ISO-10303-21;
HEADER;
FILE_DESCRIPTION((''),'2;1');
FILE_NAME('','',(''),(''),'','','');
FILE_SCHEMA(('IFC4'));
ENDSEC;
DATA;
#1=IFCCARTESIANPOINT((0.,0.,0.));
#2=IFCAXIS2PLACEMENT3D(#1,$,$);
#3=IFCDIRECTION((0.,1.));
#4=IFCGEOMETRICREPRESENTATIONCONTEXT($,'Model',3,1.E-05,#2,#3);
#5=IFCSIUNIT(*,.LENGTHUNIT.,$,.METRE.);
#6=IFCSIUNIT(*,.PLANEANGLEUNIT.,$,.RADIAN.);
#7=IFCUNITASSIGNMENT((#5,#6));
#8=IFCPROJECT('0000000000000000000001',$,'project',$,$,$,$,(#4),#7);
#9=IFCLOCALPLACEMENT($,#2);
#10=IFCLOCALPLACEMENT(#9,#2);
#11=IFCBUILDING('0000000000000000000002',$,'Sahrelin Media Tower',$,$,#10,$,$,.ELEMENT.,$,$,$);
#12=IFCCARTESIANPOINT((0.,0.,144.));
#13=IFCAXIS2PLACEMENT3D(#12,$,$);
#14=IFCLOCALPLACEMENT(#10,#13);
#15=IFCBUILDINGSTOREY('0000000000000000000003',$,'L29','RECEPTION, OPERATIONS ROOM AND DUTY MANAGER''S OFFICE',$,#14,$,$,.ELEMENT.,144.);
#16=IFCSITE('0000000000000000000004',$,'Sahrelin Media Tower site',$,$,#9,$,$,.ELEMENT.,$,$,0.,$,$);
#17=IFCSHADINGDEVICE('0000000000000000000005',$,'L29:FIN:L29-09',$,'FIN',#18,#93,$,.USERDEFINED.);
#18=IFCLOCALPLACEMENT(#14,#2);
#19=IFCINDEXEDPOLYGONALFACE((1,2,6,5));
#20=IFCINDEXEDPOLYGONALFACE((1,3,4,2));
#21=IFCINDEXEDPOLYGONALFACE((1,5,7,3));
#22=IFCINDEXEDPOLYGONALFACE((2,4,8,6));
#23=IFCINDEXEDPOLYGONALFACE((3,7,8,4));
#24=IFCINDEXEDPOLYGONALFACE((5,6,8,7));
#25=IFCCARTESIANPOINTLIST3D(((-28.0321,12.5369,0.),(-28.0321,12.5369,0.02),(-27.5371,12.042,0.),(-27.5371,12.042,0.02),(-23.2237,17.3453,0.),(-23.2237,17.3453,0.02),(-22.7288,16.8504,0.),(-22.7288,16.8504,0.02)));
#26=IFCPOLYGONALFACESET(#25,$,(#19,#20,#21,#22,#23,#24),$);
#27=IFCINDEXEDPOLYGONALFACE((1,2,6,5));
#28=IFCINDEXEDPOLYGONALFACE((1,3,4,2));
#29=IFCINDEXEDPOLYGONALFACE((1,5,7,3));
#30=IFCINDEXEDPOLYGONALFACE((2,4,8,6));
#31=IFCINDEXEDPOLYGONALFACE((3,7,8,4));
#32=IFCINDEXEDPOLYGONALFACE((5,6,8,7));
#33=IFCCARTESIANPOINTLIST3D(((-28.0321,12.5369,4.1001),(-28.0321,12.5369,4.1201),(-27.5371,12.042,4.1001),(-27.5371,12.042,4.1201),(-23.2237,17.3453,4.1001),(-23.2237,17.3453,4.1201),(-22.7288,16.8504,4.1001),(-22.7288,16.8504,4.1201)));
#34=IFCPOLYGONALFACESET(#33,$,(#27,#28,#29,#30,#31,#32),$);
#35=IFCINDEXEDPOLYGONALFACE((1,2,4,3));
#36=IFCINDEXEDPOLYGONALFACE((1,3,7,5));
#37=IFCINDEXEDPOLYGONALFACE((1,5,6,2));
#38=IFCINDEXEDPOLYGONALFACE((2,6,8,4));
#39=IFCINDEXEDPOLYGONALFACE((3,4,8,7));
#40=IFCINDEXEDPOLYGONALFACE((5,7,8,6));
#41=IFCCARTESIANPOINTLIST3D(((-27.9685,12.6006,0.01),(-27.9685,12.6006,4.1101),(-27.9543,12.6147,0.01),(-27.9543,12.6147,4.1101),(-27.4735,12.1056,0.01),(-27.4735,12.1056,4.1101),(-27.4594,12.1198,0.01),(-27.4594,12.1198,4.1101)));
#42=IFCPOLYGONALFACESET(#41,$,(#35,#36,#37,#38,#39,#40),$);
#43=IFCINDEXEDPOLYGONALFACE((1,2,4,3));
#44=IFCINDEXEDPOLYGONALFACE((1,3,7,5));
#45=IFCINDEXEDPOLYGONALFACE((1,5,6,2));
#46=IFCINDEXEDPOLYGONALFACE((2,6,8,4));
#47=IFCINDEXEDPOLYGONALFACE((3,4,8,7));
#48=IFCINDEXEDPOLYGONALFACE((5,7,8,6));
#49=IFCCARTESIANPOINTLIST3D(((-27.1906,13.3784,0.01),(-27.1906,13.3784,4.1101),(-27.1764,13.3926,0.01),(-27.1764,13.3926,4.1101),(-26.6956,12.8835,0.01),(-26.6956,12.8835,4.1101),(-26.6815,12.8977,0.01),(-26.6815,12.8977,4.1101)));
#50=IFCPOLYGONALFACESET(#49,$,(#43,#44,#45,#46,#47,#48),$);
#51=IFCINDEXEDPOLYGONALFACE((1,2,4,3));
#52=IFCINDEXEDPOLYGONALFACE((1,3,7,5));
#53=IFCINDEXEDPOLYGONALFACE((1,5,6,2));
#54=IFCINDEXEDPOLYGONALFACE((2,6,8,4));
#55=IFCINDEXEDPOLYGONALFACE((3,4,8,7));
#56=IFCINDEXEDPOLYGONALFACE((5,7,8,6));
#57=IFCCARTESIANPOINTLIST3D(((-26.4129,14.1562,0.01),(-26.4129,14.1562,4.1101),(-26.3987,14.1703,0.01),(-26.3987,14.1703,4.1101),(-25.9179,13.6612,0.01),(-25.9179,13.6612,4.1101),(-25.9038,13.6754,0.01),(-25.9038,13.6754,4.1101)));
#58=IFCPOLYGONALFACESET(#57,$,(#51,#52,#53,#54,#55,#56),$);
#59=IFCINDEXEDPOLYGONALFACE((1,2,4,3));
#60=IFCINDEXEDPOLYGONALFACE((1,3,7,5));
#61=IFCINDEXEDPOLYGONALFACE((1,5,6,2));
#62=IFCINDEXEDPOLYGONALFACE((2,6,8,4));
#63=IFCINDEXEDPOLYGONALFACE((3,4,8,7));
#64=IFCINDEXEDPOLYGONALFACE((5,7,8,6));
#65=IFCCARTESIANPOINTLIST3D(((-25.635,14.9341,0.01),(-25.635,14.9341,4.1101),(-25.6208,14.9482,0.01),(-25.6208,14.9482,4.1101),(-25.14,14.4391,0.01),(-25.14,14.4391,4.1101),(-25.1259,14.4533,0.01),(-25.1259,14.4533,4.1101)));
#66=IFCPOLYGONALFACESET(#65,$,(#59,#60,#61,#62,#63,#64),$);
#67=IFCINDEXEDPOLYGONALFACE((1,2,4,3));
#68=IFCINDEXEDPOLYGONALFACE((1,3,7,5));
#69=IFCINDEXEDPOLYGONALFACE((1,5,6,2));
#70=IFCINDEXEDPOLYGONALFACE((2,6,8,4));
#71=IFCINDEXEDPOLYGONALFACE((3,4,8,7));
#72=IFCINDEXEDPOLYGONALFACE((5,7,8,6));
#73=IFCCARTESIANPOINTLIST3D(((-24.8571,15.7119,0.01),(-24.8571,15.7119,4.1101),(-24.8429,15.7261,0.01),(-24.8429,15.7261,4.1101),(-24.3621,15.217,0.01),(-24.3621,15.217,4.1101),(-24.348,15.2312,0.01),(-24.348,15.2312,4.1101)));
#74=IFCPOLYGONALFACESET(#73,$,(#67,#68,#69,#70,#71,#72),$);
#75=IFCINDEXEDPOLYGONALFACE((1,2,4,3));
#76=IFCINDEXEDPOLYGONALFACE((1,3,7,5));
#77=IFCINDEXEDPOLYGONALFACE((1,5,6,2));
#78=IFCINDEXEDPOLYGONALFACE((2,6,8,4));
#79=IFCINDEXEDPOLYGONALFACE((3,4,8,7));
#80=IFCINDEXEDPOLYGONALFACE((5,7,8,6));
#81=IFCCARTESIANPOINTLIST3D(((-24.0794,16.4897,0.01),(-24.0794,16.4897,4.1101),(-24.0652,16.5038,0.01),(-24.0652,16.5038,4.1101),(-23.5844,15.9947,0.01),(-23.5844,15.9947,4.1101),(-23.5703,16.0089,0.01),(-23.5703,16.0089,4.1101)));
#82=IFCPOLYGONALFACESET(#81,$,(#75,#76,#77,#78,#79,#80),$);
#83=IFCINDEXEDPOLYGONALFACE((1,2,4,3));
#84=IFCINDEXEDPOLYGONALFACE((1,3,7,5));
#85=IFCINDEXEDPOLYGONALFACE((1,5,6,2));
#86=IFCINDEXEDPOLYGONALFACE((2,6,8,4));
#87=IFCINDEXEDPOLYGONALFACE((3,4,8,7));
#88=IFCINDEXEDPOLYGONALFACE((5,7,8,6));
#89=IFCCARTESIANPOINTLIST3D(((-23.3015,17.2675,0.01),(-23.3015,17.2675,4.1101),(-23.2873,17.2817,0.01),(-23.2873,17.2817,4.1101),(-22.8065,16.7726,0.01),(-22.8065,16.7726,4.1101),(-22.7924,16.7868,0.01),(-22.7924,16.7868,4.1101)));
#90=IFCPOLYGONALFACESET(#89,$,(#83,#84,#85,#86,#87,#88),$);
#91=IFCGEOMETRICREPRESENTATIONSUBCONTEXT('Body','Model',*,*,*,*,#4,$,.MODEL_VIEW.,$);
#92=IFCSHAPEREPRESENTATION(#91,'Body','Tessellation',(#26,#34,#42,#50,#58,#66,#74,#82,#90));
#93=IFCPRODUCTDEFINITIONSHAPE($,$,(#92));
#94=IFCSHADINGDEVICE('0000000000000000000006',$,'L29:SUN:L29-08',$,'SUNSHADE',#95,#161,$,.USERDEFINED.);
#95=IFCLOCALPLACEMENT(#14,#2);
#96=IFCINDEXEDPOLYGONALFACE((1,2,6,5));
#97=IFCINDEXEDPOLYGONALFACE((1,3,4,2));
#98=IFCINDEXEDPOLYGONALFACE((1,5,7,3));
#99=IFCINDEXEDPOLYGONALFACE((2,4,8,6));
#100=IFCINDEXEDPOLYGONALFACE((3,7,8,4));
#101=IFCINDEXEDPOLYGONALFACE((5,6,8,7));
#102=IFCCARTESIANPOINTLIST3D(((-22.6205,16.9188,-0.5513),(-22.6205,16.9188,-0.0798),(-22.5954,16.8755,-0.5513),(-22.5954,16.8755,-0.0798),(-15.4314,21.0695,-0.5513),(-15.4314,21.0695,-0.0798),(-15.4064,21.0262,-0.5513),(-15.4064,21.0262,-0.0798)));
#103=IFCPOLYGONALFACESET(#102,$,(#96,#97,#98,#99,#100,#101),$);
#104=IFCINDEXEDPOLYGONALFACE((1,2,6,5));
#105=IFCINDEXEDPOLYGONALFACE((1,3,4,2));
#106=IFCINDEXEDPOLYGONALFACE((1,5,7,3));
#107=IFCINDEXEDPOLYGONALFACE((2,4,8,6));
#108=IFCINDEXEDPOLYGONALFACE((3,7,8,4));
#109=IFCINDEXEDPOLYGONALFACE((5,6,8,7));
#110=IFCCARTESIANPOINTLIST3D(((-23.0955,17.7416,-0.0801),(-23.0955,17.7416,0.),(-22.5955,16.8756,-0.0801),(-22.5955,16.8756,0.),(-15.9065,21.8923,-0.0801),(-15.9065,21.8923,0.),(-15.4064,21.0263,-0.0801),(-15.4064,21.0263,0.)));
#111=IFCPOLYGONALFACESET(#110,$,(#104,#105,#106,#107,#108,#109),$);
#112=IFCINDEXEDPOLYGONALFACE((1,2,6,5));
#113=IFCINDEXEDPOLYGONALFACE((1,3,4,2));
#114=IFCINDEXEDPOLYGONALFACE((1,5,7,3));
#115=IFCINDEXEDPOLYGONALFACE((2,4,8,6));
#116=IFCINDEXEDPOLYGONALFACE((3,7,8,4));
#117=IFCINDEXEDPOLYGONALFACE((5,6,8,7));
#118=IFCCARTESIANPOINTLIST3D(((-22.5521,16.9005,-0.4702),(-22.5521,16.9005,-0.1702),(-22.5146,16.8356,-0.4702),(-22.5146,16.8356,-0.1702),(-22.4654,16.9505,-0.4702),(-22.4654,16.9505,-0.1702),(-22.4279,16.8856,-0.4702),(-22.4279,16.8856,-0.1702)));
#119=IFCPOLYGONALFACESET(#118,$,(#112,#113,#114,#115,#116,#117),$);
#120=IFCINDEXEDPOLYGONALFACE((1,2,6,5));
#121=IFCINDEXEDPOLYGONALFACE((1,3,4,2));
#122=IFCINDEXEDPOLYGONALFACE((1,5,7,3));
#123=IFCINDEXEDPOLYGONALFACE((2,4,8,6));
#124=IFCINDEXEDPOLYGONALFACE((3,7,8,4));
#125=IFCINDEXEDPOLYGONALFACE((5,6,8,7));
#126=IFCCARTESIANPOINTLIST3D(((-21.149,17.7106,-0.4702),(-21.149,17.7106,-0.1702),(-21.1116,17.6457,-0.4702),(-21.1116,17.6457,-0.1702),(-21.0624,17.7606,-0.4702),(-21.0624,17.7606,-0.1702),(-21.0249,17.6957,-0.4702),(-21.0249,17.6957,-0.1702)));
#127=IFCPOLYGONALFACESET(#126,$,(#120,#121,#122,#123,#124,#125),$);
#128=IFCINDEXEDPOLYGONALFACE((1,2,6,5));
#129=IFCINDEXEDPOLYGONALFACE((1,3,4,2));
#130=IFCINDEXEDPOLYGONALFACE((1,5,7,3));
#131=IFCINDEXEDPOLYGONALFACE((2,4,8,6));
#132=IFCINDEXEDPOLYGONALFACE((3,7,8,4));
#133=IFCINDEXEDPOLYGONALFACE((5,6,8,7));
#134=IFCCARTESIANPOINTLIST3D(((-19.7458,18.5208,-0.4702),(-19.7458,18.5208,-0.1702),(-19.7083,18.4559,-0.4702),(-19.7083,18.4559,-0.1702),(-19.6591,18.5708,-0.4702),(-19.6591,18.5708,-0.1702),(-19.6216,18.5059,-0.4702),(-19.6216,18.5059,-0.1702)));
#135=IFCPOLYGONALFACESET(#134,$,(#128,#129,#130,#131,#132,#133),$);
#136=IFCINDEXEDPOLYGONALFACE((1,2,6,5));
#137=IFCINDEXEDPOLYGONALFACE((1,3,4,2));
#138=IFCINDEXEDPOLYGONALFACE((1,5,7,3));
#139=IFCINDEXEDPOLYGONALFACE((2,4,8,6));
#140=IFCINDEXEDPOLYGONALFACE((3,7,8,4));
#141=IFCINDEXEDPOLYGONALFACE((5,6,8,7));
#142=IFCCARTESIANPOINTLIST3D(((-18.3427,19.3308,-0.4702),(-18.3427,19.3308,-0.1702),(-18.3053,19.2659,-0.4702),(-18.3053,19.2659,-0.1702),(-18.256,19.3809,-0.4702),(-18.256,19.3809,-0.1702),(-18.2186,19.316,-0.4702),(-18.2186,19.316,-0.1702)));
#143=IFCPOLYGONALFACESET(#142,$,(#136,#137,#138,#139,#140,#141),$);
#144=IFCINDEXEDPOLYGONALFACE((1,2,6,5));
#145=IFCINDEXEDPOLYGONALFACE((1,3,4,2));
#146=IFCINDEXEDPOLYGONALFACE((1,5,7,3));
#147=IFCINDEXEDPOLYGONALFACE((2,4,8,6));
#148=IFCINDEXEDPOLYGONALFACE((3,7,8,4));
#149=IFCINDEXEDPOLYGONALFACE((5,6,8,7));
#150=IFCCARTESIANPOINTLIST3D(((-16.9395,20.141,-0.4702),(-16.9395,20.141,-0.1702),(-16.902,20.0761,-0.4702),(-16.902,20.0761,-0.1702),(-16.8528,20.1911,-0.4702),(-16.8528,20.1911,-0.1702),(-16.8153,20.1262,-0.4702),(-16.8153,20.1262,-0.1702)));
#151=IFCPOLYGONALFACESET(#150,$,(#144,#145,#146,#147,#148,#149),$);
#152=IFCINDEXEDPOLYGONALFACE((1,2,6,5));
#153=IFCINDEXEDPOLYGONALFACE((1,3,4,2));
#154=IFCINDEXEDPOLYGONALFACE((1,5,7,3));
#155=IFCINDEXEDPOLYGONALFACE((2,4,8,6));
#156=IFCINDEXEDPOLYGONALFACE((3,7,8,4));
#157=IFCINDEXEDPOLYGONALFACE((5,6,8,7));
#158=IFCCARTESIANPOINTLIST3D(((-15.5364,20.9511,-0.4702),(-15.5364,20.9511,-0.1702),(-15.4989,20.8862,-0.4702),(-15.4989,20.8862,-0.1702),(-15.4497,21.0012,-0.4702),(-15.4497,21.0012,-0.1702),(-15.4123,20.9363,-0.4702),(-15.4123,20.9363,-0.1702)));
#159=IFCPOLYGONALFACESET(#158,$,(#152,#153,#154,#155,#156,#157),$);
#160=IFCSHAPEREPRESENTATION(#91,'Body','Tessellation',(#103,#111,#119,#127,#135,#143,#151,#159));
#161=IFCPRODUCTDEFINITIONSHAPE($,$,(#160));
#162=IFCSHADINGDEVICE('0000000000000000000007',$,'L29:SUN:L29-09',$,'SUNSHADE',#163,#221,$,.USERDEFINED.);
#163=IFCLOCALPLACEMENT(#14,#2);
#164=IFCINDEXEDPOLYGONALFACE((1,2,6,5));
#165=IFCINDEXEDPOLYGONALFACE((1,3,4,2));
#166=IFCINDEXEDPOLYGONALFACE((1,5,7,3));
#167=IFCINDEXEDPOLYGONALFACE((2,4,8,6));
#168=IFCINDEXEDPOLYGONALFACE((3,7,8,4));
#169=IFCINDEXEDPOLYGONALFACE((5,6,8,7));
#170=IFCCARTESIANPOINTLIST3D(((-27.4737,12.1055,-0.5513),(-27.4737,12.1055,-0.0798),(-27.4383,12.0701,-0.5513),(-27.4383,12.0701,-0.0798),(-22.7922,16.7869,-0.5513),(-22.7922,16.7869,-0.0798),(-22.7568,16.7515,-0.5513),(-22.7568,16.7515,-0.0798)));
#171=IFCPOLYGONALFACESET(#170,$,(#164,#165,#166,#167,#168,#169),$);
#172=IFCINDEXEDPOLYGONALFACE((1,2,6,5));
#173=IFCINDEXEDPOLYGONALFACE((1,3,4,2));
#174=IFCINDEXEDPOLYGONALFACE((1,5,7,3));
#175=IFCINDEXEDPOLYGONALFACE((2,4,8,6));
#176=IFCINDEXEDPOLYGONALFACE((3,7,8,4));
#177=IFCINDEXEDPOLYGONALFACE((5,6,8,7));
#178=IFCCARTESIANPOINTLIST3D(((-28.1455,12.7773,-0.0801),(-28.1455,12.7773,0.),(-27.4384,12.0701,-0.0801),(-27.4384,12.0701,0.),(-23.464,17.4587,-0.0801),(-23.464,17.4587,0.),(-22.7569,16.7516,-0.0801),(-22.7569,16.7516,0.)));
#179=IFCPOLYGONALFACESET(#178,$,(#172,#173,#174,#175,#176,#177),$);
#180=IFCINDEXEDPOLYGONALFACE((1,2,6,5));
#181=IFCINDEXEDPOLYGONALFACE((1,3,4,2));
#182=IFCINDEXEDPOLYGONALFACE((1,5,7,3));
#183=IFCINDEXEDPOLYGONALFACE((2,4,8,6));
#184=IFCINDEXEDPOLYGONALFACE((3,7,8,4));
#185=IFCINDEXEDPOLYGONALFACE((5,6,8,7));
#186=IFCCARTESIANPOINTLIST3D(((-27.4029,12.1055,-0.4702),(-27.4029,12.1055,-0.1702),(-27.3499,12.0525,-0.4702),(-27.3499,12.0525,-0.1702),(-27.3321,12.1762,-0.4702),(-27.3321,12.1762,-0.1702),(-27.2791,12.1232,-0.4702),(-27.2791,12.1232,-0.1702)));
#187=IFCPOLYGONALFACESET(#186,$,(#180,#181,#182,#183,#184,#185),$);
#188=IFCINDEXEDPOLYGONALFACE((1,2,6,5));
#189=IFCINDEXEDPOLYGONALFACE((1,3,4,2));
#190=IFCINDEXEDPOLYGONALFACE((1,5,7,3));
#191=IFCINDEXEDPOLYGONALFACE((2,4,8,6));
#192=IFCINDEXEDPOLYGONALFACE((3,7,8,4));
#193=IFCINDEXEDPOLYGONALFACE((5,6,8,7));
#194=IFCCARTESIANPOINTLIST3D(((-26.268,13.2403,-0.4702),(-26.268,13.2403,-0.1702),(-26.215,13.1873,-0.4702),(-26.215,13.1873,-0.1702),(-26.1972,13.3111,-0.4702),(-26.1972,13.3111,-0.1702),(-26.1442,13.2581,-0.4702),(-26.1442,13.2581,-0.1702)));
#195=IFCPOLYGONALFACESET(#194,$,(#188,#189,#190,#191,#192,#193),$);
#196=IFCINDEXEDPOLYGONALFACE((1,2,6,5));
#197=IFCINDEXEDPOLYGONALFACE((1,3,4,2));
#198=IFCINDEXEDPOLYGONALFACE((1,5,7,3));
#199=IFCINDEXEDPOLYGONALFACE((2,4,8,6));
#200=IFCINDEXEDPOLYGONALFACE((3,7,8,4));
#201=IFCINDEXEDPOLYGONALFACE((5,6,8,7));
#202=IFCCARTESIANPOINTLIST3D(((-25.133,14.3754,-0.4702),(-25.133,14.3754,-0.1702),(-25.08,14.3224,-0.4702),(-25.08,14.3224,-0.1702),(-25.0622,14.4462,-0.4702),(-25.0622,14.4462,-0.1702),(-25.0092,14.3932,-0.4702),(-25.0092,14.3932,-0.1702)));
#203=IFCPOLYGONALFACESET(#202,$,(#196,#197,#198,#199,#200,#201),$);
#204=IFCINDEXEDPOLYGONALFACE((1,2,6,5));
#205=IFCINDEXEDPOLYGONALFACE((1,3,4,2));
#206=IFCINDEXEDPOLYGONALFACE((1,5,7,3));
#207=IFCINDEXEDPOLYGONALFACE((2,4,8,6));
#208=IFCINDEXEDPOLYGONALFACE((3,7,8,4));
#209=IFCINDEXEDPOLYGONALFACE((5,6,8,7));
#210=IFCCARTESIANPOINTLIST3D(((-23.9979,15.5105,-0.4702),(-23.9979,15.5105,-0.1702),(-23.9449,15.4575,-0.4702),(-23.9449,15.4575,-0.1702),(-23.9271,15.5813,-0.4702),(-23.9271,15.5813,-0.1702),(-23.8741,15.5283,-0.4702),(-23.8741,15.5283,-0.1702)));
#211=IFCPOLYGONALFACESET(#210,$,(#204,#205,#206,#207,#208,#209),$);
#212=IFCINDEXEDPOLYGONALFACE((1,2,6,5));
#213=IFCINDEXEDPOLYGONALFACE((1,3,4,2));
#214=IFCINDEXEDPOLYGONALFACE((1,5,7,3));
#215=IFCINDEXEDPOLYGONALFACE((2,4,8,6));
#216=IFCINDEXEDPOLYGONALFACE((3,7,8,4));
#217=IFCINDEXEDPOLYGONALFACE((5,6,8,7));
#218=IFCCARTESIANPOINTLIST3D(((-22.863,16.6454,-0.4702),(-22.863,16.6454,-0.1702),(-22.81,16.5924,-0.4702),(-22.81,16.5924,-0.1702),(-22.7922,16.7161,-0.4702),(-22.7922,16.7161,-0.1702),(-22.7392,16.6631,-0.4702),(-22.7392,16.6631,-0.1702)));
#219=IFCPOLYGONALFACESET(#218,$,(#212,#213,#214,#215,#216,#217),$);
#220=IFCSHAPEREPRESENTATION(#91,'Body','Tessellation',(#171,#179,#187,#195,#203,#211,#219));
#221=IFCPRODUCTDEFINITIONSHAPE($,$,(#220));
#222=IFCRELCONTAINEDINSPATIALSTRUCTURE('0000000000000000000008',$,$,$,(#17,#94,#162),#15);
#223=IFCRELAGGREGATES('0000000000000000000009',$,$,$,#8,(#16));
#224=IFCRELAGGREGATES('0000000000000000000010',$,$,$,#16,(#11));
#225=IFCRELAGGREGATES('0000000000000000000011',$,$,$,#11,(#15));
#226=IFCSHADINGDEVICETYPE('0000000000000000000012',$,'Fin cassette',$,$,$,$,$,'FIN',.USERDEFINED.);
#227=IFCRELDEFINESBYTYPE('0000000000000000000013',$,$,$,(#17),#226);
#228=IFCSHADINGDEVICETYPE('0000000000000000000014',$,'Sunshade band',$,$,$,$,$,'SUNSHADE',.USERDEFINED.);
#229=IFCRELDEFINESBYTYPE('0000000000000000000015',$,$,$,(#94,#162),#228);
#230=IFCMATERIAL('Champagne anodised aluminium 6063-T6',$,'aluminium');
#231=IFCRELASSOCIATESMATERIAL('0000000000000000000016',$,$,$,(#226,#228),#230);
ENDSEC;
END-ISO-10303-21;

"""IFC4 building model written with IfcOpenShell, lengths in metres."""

from ifc_helpers import new_model, si_unit, direction, frame, origin, origin_2d, place, context, subcontext, project, spatial, rectangle, extrude, material, type_object, element, save


model = new_model("IFC4")

# Units and contexts
model_context = context("Model", 3, precision=1e-05, world=origin(), true_north=direction((0.0, 1.0)))
body_context = subcontext(model_context, "Body", "Model", "MODEL_VIEW")
ifc_project = project(units=[si_unit("LENGTHUNIT", "METRE"), si_unit("PLANEANGLEUNIT", "RADIAN")], contexts=[model_context])

# Site, building, storey
site_placement = place(None, origin())
site = spatial("IfcSite", under=ifc_project, at=site_placement, Name="Sahrelin Media Tower site", CompositionType="ELEMENT", RefElevation=0.0)
building_placement = place(site_placement, origin())
building = spatial("IfcBuilding", under=site, at=building_placement, Name="Sahrelin Media Tower", CompositionType="ELEMENT")
storey_placement = place(building_placement, frame((0.0, 0.0, 144.0)))
storey = spatial("IfcBuildingStorey", under=building, at=storey_placement, Name="L29", Description="RECEPTION, OPERATIONS ROOM AND DUTY MANAGER'S OFFICE", CompositionType="ELEMENT", Elevation=144.0)

# Shared definitions
ifc_material_1 = material(Name="Champagne anodised aluminium 6063-T6", Category="aluminium")

# Shading devices
shading_device_type_1 = type_object("IfcShadingDeviceType", Name="Fin cassette", ElementType="FIN", PredefinedType="USERDEFINED", material=ifc_material_1)
placement_1 = place(storey_placement, frame((-18.991, 18.9336, 0.0), z_axis=(0.0, 0.0, 1.0), x_axis=(0.866019, 0.500011, 0.0)))
placement_2 = place(storey_placement, frame((-25.0835, 14.3967, 0.0), z_axis=(0.0, 0.0, 1.0), x_axis=(0.707107, 0.707107, 0.0)))
element("IfcShadingDevice", 1, at=placement_2, inside=storey, type_object=shading_device_type_1, Name="L29:FIN:L29-09", ObjectType="FIN", PredefinedType="USERDEFINED", context=body_context, shape_type="SweptSolid", body=[
    extrude(rectangle(XDim=6.8, YDim=0.7, at=origin_2d()), frame((0.0, 0.4199, 0.0)), (0.0, 0.0, 1.0), 0.02),
    extrude(rectangle(XDim=6.8, YDim=0.7, at=origin_2d()), frame((0.0, 0.4199, 4.1001)), (0.0, 0.0, 1.0), 0.02),
    extrude(rectangle(XDim=0.02, YDim=0.7, at=origin_2d()), frame((-3.3, 0.4199, 0.01), z_axis=(0.0, 0.0, 1.0), x_axis=(1.0, 0.0, 0.0)), (0.0, 0.0, 1.0), 4.1001),
    extrude(rectangle(XDim=0.02, YDim=0.7, at=origin_2d()), frame((-2.2, 0.4199, 0.01), z_axis=(0.0, 0.0, 1.0), x_axis=(1.0, 0.0, 0.0)), (0.0, 0.0, 1.0), 4.1001),
    extrude(rectangle(XDim=0.02, YDim=0.7, at=origin_2d()), frame((-1.1001, 0.4199, 0.01), z_axis=(0.0, 0.0, 1.0), x_axis=(1.0, 0.0, 0.0)), (0.0, 0.0, 1.0), 4.1001),
    extrude(rectangle(XDim=0.02, YDim=0.7, at=origin_2d()), frame((0.0, 0.4199, 0.01), z_axis=(0.0, 0.0, 1.0), x_axis=(1.0, 0.0, 0.0)), (0.0, 0.0, 1.0), 4.1001),
    extrude(rectangle(XDim=0.02, YDim=0.7, at=origin_2d()), frame((1.1001, 0.4199, 0.01), z_axis=(0.0, 0.0, 1.0), x_axis=(1.0, 0.0, 0.0)), (0.0, 0.0, 1.0), 4.1001),
    extrude(rectangle(XDim=0.02, YDim=0.7, at=origin_2d()), frame((2.2, 0.4199, 0.01), z_axis=(0.0, 0.0, 1.0), x_axis=(1.0, 0.0, 0.0)), (0.0, 0.0, 1.0), 4.1001),
    extrude(rectangle(XDim=0.02, YDim=0.7, at=origin_2d()), frame((3.3, 0.4199, 0.01), z_axis=(0.0, 0.0, 1.0), x_axis=(1.0, 0.0, 0.0)), (0.0, 0.0, 1.0), 4.1001),
])
shading_device_type_2 = type_object("IfcShadingDeviceType", Name="Sunshade band", ElementType="SUNSHADE", PredefinedType="USERDEFINED", material=ifc_material_1)
element("IfcShadingDevice", 2, at=placement_1, inside=storey, type_object=shading_device_type_2, Name="L29:SUN:L29-08", ObjectType="SUNSHADE", PredefinedType="USERDEFINED", context=body_context, shape_type="SweptSolid", body=[
    extrude(rectangle(XDim=8.3013, YDim=0.05, at=origin_2d()), frame((0.0, 0.0449, -0.5513)), (0.0, 0.0, 1.0), 0.4714),
    extrude(rectangle(XDim=8.3013, YDim=1.0, at=origin_2d()), frame((0.0, 0.52, -0.0801)), (0.0, 0.0, 1.0), 0.0801),
    extrude(rectangle(XDim=0.1001, YDim=0.075, at=origin_2d()), frame((-4.0505, -0.0176, -0.4702)), (0.0, 0.0, 1.0), 0.3),
    extrude(rectangle(XDim=0.1001, YDim=0.075, at=origin_2d()), frame((-2.4304, -0.0176, -0.4702)), (0.0, 0.0, 1.0), 0.3),
    extrude(rectangle(XDim=0.1001, YDim=0.075, at=origin_2d()), frame((-0.8101, -0.0176, -0.4702)), (0.0, 0.0, 1.0), 0.3),
    extrude(rectangle(XDim=0.1001, YDim=0.075, at=origin_2d()), frame((0.8101, -0.0176, -0.4702)), (0.0, 0.0, 1.0), 0.3),
    extrude(rectangle(XDim=0.1001, YDim=0.075, at=origin_2d()), frame((2.4304, -0.0176, -0.4702)), (0.0, 0.0, 1.0), 0.3),
    extrude(rectangle(XDim=0.1001, YDim=0.075, at=origin_2d()), frame((4.0505, -0.0176, -0.4702)), (0.0, 0.0, 1.0), 0.3),
])
element("IfcShadingDevice", 3, at=placement_2, inside=storey, type_object=shading_device_type_2, Name="L29:SUN:L29-09", ObjectType="SUNSHADE", PredefinedType="USERDEFINED", context=body_context, shape_type="SweptSolid", body=[
    extrude(rectangle(XDim=6.6206, YDim=0.05, at=origin_2d()), frame((0.0, 0.0449, -0.5513)), (0.0, 0.0, 1.0), 0.4714),
    extrude(rectangle(XDim=6.6206, YDim=1.0, at=origin_2d()), frame((0.0, 0.52, -0.0801)), (0.0, 0.0, 1.0), 0.0801),
    extrude(rectangle(XDim=0.1001, YDim=0.075, at=origin_2d()), frame((-3.2102, -0.0176, -0.4702)), (0.0, 0.0, 1.0), 0.3),
    extrude(rectangle(XDim=0.1001, YDim=0.075, at=origin_2d()), frame((-1.6052, -0.0176, -0.4702)), (0.0, 0.0, 1.0), 0.3),
    extrude(rectangle(XDim=0.1001, YDim=0.075, at=origin_2d()), frame((0.0, -0.0176, -0.4702)), (0.0, 0.0, 1.0), 0.3),
    extrude(rectangle(XDim=0.1001, YDim=0.075, at=origin_2d()), frame((1.6052, -0.0176, -0.4702)), (0.0, 0.0, 1.0), 0.3),
    extrude(rectangle(XDim=0.1001, YDim=0.075, at=origin_2d()), frame((3.2102, -0.0176, -0.4702)), (0.0, 0.0, 1.0), 0.3),
])

save(model, "model.ifc")
